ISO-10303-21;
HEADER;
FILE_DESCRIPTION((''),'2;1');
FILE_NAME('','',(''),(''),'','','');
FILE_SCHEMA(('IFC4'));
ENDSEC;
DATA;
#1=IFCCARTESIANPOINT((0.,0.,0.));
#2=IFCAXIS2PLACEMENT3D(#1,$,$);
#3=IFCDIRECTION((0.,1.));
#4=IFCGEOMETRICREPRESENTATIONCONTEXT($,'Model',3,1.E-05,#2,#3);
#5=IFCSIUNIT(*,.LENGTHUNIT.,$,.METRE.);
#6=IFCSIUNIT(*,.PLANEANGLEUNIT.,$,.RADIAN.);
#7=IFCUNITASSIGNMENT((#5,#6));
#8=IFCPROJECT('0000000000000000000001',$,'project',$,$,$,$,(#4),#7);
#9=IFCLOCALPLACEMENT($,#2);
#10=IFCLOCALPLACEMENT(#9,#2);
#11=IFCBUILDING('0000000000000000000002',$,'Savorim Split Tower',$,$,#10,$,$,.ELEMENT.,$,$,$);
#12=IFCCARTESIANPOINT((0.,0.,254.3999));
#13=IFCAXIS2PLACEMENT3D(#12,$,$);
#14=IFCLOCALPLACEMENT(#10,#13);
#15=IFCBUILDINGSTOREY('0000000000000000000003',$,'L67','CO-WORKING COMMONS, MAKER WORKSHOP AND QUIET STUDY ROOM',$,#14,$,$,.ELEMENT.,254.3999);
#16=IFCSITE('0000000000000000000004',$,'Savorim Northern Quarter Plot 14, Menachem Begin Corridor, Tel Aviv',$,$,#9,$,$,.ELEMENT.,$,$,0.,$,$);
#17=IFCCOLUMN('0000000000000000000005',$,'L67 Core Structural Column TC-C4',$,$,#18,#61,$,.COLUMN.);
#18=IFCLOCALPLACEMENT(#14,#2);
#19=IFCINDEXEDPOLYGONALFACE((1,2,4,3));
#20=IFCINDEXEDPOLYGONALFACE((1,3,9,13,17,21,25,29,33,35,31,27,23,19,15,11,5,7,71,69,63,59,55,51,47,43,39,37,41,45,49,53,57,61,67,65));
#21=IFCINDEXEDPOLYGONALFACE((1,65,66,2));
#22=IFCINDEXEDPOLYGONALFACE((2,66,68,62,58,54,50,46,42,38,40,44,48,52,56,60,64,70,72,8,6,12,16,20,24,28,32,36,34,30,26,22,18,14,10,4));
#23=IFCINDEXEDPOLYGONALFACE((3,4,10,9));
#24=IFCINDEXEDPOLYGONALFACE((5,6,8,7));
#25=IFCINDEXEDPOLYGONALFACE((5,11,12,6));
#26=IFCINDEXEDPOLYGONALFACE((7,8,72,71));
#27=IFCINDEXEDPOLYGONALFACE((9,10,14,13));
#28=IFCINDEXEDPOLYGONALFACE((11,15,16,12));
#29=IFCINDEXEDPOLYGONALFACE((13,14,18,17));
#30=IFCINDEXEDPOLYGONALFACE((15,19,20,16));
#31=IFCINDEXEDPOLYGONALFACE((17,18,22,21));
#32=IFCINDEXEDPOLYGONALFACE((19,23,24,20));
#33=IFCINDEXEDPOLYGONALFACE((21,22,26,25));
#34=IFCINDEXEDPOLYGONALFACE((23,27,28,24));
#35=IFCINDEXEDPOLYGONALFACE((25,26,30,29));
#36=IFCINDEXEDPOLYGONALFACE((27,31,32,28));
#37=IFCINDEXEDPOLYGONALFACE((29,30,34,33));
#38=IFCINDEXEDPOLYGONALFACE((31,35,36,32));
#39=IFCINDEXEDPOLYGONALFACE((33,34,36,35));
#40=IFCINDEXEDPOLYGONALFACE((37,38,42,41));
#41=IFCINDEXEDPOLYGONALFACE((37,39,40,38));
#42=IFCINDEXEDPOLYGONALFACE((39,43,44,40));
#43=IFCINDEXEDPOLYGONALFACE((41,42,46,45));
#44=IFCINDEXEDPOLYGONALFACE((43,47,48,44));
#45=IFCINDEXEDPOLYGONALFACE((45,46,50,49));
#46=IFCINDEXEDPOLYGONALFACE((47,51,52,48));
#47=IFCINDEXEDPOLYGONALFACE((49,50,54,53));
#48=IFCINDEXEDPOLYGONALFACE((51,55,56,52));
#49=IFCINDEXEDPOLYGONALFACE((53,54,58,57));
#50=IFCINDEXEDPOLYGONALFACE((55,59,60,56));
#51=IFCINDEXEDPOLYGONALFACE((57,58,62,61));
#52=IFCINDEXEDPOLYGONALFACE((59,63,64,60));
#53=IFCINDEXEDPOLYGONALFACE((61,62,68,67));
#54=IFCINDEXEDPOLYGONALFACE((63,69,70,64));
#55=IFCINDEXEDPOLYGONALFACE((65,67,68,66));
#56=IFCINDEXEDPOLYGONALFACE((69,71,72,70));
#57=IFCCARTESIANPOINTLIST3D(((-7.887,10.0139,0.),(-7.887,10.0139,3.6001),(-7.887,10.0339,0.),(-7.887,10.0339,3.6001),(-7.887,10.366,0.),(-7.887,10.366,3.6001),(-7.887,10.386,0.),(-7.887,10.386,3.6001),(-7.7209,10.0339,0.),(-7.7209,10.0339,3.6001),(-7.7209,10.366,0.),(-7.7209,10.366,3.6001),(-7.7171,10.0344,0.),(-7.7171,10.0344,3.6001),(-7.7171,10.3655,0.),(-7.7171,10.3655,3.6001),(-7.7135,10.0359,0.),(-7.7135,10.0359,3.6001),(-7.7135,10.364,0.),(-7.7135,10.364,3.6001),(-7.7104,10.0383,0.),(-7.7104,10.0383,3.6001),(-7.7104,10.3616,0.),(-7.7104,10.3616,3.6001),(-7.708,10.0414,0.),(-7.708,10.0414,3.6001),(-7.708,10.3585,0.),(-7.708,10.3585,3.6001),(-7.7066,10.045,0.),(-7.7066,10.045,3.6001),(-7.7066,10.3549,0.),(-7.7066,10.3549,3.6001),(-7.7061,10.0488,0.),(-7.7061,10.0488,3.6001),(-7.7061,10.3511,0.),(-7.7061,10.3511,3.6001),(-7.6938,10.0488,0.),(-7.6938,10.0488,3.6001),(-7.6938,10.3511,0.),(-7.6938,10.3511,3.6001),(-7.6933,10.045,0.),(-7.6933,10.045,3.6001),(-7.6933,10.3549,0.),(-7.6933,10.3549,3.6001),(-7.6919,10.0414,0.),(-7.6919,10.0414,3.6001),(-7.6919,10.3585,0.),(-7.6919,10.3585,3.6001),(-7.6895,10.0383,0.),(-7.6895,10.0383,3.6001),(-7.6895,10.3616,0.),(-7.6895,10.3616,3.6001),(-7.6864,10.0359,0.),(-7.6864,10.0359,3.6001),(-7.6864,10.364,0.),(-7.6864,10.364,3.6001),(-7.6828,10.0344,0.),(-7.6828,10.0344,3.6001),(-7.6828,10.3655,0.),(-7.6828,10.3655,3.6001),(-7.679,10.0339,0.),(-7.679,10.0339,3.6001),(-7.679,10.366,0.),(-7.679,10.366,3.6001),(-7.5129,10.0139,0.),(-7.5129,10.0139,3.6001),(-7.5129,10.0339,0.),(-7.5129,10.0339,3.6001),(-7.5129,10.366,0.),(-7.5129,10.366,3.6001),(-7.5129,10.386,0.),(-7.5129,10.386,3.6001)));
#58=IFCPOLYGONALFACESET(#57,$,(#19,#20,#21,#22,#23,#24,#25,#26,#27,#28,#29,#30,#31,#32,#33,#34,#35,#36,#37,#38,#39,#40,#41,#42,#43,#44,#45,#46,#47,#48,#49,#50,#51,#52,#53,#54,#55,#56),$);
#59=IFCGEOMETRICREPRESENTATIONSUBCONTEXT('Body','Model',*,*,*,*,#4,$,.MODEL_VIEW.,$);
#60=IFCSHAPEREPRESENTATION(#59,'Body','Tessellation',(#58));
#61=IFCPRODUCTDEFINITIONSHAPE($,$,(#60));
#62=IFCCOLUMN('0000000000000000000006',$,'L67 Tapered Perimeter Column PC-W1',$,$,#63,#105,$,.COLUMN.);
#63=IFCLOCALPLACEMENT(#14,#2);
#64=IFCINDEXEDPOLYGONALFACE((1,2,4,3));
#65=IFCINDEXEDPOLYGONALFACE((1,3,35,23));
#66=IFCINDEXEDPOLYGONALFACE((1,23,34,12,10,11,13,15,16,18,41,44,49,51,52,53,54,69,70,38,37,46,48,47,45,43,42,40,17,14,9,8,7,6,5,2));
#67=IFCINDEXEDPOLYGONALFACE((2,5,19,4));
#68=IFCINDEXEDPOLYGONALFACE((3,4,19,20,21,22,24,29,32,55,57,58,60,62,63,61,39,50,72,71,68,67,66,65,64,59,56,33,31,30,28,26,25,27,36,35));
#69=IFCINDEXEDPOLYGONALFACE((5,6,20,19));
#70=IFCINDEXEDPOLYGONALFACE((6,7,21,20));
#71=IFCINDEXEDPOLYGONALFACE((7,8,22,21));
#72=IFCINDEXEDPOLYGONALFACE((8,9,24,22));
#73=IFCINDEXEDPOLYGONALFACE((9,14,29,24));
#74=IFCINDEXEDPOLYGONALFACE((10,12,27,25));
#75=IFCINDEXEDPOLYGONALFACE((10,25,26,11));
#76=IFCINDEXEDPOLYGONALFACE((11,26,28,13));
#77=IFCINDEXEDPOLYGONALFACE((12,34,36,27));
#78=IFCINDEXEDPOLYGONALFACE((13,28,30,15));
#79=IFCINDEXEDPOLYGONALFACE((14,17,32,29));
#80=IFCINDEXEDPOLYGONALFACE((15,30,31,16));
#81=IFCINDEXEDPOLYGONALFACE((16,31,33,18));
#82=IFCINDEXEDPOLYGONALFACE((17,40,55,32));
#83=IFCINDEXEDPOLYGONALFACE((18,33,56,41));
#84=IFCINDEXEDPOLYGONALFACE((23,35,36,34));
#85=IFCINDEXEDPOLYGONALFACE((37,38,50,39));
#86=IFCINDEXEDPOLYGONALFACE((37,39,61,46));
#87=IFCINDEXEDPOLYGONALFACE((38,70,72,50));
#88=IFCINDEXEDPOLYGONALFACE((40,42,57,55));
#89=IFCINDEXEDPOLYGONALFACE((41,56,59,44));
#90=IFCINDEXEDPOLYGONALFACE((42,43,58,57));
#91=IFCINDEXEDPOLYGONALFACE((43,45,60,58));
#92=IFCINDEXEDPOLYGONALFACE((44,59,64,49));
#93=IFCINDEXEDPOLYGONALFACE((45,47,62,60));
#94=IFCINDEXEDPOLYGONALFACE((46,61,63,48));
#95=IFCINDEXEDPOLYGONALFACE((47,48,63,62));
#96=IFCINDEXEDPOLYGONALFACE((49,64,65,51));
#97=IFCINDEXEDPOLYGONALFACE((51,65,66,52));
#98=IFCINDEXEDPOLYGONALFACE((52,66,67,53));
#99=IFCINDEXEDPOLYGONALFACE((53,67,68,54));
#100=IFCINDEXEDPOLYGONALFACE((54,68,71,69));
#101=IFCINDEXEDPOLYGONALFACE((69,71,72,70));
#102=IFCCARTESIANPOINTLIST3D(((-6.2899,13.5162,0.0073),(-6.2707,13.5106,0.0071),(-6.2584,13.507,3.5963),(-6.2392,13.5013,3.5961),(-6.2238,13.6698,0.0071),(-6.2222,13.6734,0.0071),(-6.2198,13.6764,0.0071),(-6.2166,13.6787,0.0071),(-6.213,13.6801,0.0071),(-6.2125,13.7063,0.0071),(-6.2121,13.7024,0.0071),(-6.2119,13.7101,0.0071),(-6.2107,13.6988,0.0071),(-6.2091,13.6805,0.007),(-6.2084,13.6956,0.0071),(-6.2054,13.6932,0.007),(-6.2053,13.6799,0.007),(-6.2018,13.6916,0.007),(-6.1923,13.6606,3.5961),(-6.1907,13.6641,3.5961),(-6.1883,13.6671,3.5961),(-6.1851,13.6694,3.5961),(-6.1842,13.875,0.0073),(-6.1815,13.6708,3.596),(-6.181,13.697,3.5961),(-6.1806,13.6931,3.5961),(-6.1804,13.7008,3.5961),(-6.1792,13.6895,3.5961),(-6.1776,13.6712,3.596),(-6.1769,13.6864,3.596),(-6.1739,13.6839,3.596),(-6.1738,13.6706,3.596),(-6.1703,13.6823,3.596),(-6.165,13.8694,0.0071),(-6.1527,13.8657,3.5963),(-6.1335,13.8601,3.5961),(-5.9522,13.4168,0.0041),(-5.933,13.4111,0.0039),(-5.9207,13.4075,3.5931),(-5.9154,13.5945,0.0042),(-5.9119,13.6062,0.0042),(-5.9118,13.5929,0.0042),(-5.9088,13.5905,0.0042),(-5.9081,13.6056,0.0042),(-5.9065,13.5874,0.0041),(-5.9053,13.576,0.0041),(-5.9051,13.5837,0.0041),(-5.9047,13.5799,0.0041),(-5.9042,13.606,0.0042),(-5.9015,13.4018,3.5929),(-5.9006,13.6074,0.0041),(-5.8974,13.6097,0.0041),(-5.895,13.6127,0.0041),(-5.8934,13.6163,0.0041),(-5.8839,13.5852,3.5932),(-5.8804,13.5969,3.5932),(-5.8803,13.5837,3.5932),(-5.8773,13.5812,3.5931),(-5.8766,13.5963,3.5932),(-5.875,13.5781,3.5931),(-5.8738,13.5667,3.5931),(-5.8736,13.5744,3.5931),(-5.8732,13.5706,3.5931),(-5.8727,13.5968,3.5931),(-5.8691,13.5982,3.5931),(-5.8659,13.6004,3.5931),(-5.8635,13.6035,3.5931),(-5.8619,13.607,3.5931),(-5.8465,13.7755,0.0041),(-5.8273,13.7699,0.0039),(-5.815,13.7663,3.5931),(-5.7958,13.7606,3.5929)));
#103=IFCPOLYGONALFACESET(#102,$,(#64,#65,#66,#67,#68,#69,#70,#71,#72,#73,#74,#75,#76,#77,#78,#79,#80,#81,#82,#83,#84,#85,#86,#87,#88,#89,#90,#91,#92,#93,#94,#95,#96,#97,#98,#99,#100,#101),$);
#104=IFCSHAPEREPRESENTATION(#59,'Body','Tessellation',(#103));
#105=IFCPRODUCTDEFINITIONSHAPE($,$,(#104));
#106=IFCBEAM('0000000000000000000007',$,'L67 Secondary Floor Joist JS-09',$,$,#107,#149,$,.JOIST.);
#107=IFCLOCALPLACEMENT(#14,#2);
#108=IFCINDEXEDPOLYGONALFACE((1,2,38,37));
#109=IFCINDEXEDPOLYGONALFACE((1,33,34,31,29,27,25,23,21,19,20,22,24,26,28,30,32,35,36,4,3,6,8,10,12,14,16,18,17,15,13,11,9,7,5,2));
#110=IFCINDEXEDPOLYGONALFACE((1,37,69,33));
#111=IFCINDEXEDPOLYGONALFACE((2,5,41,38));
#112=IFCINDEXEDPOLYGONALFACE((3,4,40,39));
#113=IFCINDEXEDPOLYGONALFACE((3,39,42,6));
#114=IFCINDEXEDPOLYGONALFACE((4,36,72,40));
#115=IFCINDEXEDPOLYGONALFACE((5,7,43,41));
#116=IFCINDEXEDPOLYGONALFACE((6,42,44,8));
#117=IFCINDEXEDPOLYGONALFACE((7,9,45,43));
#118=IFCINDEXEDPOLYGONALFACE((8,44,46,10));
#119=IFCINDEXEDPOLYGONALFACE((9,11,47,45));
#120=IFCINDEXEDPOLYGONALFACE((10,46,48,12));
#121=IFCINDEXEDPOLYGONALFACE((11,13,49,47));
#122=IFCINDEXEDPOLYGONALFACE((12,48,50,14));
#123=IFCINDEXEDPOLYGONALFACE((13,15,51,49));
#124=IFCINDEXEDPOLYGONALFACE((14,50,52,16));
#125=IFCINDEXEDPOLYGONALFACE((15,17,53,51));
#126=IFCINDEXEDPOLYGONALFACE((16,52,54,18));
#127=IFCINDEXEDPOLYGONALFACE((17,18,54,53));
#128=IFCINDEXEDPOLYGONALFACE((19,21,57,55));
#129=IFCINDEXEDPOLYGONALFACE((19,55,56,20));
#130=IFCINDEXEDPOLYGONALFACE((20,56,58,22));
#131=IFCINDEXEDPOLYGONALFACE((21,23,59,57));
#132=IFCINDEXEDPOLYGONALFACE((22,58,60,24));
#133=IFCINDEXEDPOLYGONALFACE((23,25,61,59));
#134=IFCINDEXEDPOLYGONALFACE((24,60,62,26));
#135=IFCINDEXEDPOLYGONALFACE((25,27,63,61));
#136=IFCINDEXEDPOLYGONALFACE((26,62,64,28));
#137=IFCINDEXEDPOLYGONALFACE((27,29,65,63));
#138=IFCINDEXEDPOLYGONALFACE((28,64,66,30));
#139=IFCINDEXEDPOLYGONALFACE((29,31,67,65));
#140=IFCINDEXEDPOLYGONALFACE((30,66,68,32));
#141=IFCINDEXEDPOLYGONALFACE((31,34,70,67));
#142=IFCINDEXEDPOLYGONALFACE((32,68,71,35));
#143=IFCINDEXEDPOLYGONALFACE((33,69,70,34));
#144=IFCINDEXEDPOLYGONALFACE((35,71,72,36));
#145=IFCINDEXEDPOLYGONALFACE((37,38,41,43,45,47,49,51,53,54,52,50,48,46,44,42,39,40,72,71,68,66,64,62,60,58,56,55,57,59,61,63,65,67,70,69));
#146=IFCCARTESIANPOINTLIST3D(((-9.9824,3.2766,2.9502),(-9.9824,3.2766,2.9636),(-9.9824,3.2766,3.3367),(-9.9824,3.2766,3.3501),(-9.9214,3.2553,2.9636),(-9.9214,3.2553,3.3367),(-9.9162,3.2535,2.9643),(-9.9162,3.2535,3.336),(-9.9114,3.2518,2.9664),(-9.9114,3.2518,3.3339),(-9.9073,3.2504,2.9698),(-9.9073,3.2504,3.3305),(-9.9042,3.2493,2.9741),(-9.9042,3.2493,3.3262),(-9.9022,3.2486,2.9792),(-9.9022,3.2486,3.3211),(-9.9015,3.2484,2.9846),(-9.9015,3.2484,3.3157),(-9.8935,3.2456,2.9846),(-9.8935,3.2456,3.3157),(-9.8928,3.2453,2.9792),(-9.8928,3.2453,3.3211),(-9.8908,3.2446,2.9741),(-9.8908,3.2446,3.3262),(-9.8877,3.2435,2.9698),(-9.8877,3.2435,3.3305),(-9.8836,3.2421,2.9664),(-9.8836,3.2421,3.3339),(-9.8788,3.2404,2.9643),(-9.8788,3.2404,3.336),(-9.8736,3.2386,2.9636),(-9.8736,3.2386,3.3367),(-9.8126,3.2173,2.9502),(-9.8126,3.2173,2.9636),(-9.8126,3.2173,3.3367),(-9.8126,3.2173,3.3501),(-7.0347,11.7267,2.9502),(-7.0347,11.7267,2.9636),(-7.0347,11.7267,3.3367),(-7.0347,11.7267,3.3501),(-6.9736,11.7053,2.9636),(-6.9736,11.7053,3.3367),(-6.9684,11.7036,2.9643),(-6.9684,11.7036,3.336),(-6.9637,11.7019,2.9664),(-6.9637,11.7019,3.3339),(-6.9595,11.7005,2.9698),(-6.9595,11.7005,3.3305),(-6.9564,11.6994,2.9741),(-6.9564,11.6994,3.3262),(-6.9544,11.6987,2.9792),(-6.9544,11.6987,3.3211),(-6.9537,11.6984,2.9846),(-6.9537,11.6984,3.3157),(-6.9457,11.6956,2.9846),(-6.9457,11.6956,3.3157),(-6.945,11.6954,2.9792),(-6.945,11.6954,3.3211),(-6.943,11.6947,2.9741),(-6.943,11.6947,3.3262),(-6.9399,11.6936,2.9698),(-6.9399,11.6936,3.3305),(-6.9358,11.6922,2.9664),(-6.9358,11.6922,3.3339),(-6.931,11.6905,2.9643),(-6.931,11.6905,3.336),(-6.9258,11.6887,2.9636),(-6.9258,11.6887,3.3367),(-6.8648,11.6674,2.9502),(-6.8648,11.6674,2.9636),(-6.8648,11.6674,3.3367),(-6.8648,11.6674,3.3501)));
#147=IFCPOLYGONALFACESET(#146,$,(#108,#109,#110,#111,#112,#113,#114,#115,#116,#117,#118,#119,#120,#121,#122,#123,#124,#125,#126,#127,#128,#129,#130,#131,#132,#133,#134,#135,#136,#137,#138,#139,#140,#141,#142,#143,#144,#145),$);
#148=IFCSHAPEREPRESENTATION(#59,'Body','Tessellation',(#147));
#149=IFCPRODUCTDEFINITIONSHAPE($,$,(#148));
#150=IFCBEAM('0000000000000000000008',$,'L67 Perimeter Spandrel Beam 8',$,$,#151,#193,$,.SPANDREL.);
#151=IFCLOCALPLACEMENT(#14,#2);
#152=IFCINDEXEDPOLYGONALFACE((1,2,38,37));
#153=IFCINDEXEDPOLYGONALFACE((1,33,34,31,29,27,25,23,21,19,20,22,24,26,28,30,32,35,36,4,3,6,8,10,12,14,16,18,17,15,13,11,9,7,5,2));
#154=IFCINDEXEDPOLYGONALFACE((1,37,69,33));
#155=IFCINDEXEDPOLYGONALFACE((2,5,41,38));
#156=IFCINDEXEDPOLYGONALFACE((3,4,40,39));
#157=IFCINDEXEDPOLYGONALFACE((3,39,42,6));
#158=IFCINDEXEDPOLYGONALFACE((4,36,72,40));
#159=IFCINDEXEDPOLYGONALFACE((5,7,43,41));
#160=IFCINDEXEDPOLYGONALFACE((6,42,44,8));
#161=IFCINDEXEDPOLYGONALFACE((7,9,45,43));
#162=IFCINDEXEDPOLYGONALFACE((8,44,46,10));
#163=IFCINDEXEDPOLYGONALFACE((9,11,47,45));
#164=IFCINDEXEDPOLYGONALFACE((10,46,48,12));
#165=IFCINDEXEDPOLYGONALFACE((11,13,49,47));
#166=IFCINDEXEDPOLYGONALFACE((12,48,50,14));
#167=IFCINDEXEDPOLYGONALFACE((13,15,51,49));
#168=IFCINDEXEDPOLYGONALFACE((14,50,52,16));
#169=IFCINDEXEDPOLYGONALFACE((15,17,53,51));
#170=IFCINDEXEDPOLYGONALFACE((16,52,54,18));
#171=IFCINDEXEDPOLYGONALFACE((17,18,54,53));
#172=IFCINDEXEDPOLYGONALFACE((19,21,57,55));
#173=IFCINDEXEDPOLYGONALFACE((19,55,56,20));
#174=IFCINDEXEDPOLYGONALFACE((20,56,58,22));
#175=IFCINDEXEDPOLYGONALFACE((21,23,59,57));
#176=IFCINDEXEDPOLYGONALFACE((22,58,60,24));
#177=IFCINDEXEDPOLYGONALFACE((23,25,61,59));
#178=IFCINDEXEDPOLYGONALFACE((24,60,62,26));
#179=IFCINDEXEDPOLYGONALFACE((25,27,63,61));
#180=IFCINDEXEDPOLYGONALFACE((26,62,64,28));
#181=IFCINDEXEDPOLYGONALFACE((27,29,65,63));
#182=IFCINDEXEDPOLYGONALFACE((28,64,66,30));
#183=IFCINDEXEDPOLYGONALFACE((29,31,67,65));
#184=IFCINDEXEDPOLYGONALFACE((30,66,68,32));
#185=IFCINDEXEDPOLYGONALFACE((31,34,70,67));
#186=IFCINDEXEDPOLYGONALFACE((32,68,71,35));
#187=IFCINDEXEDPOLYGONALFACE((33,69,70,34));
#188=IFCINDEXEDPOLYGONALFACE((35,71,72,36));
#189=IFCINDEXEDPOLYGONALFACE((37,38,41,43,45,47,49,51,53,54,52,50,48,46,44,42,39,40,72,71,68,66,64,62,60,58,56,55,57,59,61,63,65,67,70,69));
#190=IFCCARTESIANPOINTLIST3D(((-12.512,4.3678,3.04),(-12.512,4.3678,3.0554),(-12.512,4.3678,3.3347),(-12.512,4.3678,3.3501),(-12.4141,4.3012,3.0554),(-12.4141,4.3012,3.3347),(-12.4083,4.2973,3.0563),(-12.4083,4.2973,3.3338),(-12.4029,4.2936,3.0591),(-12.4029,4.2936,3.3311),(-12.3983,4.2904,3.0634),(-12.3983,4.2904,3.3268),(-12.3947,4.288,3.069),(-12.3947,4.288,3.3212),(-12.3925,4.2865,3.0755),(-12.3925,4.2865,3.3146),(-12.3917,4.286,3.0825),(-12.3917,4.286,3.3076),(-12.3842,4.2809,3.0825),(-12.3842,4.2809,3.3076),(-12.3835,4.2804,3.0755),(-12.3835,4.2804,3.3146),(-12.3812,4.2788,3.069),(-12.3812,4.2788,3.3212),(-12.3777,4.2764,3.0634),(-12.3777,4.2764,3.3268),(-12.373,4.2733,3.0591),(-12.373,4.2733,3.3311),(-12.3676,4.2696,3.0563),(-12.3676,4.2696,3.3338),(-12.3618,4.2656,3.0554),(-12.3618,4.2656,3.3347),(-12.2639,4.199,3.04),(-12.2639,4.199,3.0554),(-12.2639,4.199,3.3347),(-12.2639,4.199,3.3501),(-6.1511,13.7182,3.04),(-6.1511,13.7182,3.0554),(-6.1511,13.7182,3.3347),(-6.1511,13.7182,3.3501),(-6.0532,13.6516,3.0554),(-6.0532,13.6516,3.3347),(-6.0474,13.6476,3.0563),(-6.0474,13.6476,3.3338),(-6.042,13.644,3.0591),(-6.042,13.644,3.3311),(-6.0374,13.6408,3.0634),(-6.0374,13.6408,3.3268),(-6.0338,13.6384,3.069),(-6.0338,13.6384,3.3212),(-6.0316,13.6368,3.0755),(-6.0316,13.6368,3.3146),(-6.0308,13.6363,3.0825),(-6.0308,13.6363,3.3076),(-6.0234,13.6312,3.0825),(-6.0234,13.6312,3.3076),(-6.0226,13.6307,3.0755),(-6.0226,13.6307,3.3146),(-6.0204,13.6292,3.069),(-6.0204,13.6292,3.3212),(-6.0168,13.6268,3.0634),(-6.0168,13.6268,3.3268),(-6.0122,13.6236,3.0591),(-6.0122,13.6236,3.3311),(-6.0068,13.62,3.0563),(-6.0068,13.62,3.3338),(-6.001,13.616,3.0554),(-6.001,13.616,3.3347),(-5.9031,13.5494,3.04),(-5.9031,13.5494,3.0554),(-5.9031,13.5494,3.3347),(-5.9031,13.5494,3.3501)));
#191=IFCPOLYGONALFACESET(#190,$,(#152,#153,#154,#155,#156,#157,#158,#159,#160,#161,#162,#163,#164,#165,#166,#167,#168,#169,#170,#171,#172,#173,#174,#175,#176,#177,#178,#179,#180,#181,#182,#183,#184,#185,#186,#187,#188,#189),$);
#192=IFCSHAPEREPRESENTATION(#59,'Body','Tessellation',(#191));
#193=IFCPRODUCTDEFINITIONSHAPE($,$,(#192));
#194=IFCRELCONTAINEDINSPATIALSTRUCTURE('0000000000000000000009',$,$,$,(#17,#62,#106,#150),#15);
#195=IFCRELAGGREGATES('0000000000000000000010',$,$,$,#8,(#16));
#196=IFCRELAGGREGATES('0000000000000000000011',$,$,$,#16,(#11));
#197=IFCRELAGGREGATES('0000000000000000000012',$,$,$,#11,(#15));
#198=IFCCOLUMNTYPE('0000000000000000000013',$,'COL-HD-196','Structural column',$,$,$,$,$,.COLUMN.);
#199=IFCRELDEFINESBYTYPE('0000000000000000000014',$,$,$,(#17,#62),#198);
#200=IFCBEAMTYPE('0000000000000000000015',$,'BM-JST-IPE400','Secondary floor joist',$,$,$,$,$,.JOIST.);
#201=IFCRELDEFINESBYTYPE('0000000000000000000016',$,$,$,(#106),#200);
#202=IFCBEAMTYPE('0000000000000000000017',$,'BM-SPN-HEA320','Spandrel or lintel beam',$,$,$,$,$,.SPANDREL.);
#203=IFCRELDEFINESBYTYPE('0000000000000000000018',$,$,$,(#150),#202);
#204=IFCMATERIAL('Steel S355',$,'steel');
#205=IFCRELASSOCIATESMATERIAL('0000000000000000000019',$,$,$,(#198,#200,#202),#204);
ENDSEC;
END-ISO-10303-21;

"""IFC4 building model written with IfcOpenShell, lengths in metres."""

from ifc_helpers import new_model, si_unit, direction, frame, origin, origin_2d, place, context, subcontext, project, spatial, i_section, extrude, material, material_profile, profile_set, type_object, element, save


model = new_model("IFC4")

# Units and contexts
model_context = context("Model", 3, precision=1e-05, world=origin(), true_north=direction((0.0, 1.0)))
body_context = subcontext(model_context, "Body", "Model", "MODEL_VIEW")
ifc_project = project(units=[si_unit("LENGTHUNIT", "METRE"), si_unit("PLANEANGLEUNIT", "RADIAN")], contexts=[model_context])

# Site, building, storey
site_placement = place(None, origin())
site = spatial("IfcSite", under=ifc_project, at=site_placement, Name="Savorim Northern Quarter Plot 14, Menachem Begin Corridor, Tel Aviv", CompositionType="ELEMENT", RefElevation=0.0)
building_placement = place(site_placement, origin())
building = spatial("IfcBuilding", under=site, at=building_placement, Name="Savorim Split Tower", CompositionType="ELEMENT")
storey_placement = place(building_placement, frame((0.0, 0.0, 254.3999)))
storey = spatial("IfcBuildingStorey", under=building, at=storey_placement, Name="L67", Description="CO-WORKING COMMONS, MAKER WORKSHOP AND QUIET STUDY ROOM", CompositionType="ELEMENT", Elevation=254.3999)

# Columns
ifc_material_1 = material(Name="Steel S355", Category="steel")
ifc_material_profile_1 = material_profile(ifc_material_1, i_section(OverallWidth=0.374, OverallDepth=0.3721, WebThickness=0.0122, FlangeThickness=0.02, FilletRadius=0.0149, at=origin_2d()), Name="HD 360x196")
ifc_profile_set_1 = profile_set([ifc_material_profile_1], Name="Steel S355")
column_type = type_object("IfcColumnType", Name="COL-HD-196", Description="Structural column", PredefinedType="COLUMN", material=ifc_profile_set_1)
column_1_placement = place(storey_placement, frame((-7.7, 10.2, 0.0), z_axis=(0.0, 0.0, 1.0), x_axis=(1.0, 0.0, 0.0)))
element("IfcColumn", 1, at=column_1_placement, inside=storey, type_object=column_type, Name="L67 Core Structural Column TC-C4", PredefinedType="COLUMN", context=body_context, shape_type="SweptSolid", body=[
    extrude(i_section(OverallWidth=0.374, OverallDepth=0.3721, WebThickness=0.0122, FlangeThickness=0.02, FilletRadius=0.0149, at=origin_2d()), origin(), (0.0, 0.0, 1.0), 3.6001),
])
column_2_placement = place(storey_placement, frame((-6.0586, 13.6431, 0.0056), z_axis=(0.008775, -0.002585, 0.999958), x_axis=(0.282569, 0.959247, 0.0)))
element("IfcColumn", 2, at=column_2_placement, inside=storey, type_object=column_type, Name="L67 Tapered Perimeter Column PC-W1", PredefinedType="COLUMN", context=body_context, shape_type="SweptSolid", body=[
    extrude(i_section(OverallWidth=0.374, OverallDepth=0.3721, WebThickness=0.0122, FlangeThickness=0.02, FilletRadius=0.0149, at=origin_2d()), origin(), (0.0, 0.0, 1.0), 3.5891),
])

# Beams
ifc_material_profile_2 = material_profile(ifc_material_1, i_section(OverallWidth=0.1799, OverallDepth=0.3999, WebThickness=0.0085, FlangeThickness=0.0134, FilletRadius=0.021, at=origin_2d()), Name="IPE 400")
ifc_profile_set_2 = profile_set([ifc_material_profile_2], Name="Steel S355")
beam_type_1 = type_object("IfcBeamType", Name="BM-JST-IPE400", Description="Secondary floor joist", PredefinedType="JOIST", material=ifc_profile_set_2)
beam_1_placement = place(storey_placement, frame((-6.9497, 11.697, 3.1501), z_axis=(-0.329382, -0.944197, 0.0), x_axis=(0.944197, -0.329382, 0.0)))
element("IfcBeam", 3, at=beam_1_placement, inside=storey, type_object=beam_type_1, Name="L67 Secondary Floor Joist JS-09", PredefinedType="JOIST", context=body_context, shape_type="SweptSolid", body=[
    extrude(i_section(OverallWidth=0.1799, OverallDepth=0.3999, WebThickness=0.0085, FlangeThickness=0.0134, FilletRadius=0.021, at=origin_2d()), origin(), (0.0, 0.0, 1.0), 8.9495),
])
ifc_material_profile_3 = material_profile(ifc_material_1, i_section(OverallWidth=0.3, OverallDepth=0.3101, WebThickness=0.009, FlangeThickness=0.0154, FilletRadius=0.0271, at=origin_2d()), Name="HEA 320")
ifc_profile_set_3 = profile_set([ifc_material_profile_3], Name="Steel S355")
beam_type_2 = type_object("IfcBeamType", Name="BM-SPN-HEA320", Description="Spandrel or lintel beam", PredefinedType="SPANDREL", material=ifc_profile_set_3)
beam_2_placement = place(storey_placement, frame((-6.0271, 13.6338, 3.1951), z_axis=(-0.562468, -0.826819, 0.0), x_axis=(0.826819, -0.562468, 0.0)))
element("IfcBeam", 4, at=beam_2_placement, inside=storey, type_object=beam_type_2, Name="L67 Perimeter Spandrel Beam 8", PredefinedType="SPANDREL", context=body_context, shape_type="SweptSolid", body=[
    extrude(i_section(OverallWidth=0.3, OverallDepth=0.3101, WebThickness=0.009, FlangeThickness=0.0154, FilletRadius=0.0271, at=origin_2d()), origin(), (0.0, 0.0, 1.0), 11.3088),
])

save(model, "model.ifc")
